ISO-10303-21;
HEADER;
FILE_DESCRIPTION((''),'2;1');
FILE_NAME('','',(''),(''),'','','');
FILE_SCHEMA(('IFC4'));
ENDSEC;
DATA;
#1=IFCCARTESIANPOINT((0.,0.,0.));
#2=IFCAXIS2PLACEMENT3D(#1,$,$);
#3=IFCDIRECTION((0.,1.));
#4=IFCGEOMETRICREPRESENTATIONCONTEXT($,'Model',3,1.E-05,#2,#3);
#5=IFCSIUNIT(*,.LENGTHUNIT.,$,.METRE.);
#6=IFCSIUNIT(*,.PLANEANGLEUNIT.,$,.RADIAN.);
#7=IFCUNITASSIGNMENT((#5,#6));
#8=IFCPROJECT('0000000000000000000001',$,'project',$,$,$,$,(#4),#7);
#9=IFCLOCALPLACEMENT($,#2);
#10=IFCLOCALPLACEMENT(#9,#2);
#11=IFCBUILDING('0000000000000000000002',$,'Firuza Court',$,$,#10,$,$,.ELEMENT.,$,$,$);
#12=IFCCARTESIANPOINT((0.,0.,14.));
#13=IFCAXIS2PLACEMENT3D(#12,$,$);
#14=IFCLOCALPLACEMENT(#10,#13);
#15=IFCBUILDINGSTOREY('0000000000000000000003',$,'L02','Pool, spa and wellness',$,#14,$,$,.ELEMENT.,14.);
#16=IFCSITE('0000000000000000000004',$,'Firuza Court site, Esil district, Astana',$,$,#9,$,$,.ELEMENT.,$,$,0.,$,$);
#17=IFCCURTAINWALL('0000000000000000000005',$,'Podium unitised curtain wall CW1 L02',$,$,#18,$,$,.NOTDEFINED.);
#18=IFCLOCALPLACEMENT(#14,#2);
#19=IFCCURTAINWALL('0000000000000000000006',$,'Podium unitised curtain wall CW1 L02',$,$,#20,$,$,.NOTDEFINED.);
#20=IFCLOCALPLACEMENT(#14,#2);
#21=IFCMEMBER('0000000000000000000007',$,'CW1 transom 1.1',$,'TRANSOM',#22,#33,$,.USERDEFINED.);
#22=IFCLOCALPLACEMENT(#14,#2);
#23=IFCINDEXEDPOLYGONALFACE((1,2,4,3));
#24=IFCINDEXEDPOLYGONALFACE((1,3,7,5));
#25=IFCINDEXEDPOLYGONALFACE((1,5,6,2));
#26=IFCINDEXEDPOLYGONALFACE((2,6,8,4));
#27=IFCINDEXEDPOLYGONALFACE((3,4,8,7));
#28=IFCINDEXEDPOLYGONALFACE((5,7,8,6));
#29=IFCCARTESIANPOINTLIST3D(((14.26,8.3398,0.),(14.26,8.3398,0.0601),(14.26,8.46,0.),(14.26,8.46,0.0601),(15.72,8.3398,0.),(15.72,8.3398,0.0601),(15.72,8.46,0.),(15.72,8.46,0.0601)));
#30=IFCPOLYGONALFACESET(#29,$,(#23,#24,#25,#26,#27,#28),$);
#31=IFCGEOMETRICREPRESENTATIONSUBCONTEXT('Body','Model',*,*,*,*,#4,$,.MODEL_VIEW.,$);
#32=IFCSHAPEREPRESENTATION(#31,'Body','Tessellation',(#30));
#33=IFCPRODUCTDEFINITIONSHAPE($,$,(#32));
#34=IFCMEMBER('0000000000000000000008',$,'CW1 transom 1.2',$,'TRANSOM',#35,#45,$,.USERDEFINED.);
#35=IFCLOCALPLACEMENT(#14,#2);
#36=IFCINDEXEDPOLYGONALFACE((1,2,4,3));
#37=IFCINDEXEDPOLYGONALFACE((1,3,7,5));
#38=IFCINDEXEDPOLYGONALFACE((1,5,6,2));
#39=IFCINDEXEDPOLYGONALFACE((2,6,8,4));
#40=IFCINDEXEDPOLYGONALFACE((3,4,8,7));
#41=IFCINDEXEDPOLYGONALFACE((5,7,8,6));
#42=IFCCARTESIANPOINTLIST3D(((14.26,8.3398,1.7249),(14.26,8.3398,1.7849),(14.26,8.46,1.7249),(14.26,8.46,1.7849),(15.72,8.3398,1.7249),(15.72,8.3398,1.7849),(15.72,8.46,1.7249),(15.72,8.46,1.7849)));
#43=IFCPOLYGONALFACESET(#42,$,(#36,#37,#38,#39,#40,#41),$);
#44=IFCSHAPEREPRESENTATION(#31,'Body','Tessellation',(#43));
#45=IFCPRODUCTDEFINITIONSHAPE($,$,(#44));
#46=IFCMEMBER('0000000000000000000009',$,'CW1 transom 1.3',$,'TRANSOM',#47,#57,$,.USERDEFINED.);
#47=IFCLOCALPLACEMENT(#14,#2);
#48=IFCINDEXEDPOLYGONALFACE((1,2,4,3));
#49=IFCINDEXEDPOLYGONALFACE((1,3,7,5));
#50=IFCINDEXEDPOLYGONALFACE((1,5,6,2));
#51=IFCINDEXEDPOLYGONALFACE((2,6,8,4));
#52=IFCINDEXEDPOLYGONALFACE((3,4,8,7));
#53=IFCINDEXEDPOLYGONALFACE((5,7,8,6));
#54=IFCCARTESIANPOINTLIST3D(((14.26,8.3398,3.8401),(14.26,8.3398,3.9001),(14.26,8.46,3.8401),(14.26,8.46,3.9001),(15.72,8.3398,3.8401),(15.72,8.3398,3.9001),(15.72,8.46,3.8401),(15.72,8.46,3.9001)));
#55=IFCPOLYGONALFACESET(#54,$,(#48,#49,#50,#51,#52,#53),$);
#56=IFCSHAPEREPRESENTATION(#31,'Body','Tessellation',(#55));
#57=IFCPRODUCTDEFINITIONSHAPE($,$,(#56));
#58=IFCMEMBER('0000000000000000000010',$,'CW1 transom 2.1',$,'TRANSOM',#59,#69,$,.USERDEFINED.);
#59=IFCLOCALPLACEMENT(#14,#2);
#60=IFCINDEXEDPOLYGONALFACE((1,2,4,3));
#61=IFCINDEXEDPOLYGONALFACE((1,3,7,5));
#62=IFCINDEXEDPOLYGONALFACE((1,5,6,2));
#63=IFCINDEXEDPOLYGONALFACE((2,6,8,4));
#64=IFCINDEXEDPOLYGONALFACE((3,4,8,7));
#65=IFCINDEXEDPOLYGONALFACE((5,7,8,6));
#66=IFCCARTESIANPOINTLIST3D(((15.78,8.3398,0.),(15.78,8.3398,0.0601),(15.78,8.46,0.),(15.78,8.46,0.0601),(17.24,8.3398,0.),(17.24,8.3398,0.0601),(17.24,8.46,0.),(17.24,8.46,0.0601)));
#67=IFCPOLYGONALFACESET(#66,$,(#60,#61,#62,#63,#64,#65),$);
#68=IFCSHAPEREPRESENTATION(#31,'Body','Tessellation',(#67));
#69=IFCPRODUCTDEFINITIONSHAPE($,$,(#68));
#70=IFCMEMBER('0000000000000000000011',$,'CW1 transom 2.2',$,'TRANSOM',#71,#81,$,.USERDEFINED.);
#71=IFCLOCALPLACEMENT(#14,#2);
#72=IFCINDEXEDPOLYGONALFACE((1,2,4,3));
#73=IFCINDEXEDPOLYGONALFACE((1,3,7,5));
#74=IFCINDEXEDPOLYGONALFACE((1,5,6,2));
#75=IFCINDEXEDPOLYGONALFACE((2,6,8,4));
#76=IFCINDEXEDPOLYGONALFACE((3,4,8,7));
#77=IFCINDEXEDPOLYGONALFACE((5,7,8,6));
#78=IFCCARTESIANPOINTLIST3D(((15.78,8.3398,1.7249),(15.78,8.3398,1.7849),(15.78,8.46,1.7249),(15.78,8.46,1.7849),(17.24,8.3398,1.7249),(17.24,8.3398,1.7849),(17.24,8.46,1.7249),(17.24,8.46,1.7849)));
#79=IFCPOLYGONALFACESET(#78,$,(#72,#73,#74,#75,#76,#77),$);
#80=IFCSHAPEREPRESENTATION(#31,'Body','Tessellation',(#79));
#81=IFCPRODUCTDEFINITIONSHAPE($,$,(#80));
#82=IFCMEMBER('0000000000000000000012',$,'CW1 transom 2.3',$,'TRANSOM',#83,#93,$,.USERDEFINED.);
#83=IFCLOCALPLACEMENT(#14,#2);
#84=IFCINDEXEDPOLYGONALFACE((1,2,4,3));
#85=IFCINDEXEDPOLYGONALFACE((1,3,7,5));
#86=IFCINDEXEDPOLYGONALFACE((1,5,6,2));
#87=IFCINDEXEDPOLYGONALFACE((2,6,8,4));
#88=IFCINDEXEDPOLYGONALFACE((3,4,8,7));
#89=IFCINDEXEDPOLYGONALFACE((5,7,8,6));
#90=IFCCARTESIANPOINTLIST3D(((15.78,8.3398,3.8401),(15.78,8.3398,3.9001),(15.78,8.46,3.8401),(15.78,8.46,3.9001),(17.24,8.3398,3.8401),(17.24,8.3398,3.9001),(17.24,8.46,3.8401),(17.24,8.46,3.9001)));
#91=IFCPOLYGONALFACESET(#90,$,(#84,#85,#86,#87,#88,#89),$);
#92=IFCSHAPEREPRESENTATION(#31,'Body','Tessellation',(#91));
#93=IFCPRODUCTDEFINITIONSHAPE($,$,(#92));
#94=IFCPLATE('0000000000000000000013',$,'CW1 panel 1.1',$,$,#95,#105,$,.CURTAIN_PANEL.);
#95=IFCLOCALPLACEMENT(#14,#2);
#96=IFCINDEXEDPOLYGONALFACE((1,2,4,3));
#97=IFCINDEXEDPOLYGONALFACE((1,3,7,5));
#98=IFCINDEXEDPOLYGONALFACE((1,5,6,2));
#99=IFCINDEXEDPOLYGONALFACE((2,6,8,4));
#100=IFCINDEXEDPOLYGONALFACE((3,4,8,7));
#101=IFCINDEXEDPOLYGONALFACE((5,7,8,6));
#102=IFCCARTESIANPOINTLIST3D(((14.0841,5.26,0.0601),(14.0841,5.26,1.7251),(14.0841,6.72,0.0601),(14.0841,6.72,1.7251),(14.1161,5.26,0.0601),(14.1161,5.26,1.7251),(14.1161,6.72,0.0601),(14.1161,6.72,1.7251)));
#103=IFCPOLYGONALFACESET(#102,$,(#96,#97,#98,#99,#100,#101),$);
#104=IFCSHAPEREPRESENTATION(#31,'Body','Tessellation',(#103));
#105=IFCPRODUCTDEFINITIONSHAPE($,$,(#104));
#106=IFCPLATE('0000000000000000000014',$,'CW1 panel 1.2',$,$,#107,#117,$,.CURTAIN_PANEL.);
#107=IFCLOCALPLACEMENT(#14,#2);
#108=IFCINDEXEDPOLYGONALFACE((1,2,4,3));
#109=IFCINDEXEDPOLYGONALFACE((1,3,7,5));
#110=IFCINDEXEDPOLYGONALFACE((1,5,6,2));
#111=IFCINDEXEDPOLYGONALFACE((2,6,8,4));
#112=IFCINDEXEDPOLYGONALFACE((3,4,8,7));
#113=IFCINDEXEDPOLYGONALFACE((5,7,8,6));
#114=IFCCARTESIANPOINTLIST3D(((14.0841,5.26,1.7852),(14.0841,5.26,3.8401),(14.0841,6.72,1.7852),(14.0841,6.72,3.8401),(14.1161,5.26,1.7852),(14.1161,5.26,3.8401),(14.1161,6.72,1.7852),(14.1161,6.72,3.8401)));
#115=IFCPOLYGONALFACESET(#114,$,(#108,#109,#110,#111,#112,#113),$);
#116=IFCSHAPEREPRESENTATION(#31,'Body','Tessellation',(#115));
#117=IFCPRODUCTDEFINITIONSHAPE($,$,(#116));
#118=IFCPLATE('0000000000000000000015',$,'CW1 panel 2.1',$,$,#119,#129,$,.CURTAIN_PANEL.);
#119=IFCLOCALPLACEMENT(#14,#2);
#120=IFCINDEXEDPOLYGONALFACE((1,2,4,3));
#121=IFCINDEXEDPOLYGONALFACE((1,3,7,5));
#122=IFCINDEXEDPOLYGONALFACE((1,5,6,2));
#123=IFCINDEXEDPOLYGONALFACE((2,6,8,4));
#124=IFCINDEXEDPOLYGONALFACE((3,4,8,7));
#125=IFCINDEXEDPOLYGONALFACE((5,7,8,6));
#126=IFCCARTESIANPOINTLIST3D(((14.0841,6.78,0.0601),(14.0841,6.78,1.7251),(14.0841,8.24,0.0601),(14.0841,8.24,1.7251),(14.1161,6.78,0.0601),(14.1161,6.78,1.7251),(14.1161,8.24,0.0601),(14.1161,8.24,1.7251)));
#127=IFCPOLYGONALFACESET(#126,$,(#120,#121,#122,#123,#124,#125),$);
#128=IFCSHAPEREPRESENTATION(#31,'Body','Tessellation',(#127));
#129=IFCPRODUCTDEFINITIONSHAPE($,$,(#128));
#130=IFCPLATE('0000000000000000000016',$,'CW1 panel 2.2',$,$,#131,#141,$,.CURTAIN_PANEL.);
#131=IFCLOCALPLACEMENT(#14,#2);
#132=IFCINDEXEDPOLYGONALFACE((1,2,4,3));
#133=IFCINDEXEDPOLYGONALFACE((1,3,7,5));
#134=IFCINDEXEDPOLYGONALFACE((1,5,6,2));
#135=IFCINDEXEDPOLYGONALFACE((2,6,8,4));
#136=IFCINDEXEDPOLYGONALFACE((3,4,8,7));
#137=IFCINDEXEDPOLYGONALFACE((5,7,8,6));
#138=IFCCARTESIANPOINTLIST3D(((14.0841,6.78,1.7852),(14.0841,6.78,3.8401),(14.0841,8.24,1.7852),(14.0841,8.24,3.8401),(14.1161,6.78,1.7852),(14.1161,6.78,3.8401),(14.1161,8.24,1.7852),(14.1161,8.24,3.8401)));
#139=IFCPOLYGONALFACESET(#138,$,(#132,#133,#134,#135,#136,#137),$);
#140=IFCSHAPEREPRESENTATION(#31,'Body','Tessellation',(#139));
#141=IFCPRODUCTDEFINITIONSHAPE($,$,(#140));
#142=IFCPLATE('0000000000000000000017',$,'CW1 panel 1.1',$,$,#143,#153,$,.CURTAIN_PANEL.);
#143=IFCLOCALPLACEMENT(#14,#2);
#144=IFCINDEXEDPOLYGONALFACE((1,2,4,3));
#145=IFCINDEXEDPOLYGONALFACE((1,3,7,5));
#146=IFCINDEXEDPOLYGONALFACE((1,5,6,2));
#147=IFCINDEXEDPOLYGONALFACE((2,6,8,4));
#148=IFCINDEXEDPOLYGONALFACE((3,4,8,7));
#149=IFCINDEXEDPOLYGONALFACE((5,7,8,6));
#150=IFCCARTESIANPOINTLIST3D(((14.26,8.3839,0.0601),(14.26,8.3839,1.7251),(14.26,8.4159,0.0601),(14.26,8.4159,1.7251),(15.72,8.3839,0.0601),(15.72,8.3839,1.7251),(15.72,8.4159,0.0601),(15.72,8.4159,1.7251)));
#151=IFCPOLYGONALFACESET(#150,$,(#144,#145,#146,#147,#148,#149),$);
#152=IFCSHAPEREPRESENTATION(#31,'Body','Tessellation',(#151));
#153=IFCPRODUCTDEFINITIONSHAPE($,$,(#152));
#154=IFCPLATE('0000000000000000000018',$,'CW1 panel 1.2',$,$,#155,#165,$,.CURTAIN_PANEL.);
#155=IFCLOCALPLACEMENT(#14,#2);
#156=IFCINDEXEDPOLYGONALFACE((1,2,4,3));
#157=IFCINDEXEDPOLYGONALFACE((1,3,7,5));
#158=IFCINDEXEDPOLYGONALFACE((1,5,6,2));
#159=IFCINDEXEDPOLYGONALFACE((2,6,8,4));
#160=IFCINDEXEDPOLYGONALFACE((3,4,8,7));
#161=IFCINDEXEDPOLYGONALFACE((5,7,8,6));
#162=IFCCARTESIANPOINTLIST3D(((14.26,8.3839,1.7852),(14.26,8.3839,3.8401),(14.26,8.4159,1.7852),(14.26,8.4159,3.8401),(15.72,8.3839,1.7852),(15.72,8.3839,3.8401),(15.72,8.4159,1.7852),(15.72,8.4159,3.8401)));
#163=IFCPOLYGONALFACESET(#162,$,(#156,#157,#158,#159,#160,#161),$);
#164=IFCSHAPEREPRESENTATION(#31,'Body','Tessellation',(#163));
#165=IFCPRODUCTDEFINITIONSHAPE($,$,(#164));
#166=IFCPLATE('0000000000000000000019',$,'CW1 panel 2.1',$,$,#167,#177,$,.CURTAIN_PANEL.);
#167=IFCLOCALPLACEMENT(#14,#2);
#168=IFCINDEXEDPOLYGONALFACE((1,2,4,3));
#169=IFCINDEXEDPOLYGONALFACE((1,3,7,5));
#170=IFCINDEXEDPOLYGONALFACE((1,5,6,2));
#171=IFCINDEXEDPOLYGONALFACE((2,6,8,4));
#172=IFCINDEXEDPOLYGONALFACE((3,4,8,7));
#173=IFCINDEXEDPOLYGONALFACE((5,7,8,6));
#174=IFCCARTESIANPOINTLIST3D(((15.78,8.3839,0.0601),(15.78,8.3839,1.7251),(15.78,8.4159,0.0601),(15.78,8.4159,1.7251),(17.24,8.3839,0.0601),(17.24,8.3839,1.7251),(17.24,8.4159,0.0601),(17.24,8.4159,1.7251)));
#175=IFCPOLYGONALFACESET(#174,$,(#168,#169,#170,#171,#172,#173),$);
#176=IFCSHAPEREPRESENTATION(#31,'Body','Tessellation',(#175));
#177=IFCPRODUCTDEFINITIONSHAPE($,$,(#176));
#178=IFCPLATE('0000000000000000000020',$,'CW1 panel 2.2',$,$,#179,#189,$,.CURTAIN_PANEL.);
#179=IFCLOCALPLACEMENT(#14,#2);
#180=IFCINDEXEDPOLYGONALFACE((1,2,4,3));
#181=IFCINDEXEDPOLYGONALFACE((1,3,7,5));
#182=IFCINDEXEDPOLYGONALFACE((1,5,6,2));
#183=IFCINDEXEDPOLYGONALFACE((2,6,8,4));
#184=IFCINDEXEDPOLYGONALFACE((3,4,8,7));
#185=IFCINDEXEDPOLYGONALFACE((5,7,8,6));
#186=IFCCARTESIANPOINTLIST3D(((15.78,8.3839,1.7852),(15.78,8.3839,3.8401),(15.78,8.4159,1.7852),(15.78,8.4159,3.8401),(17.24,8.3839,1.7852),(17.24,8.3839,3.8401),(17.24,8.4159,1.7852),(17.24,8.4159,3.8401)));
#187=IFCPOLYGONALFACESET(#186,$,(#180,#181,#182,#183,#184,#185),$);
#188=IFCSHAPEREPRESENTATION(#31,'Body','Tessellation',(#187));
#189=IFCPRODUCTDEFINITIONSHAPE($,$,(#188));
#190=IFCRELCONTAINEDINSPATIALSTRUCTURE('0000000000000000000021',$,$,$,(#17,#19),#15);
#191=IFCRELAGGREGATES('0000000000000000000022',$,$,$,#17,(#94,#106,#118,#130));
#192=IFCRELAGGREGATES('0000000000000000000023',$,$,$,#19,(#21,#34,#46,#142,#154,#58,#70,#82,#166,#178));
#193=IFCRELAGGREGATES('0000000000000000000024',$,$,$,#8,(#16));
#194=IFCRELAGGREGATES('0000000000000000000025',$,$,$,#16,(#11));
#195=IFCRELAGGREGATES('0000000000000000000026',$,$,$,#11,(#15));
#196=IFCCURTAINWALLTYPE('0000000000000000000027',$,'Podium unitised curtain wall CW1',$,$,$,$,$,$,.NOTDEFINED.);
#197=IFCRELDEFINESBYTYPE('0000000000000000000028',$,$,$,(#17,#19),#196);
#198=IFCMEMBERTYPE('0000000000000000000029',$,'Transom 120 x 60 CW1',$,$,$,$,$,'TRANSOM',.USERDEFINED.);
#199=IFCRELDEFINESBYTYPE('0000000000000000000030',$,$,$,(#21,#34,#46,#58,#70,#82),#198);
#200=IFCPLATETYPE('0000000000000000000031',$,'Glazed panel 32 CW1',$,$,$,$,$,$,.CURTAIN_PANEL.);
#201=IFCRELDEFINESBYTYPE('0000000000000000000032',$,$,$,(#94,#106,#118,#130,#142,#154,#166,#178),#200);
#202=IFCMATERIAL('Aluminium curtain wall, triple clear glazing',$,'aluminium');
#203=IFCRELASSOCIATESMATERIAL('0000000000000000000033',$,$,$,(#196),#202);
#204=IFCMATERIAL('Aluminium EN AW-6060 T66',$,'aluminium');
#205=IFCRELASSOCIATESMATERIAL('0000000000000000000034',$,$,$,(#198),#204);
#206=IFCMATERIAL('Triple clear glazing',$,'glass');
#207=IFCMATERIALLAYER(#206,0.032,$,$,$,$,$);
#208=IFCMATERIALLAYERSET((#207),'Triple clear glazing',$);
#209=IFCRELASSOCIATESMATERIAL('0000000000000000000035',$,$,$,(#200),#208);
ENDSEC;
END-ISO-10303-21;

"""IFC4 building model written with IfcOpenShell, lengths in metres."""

from ifc_helpers import new_model, si_unit, direction, frame, origin, origin_2d, place, context, subcontext, project, spatial, rectangle, extrude, material, layer, layer_set, material_profile, profile_set, type_object, element, aggregate, save


model = new_model("IFC4")

# Units and contexts
model_context = context("Model", 3, precision=1e-05, world=origin(), true_north=direction((0.0, 1.0)))
body_context = subcontext(model_context, "Body", "Model", "MODEL_VIEW")
ifc_project = project(units=[si_unit("LENGTHUNIT", "METRE"), si_unit("PLANEANGLEUNIT", "RADIAN")], contexts=[model_context])

# Site, building, storey
site_placement = place(None, origin())
site = spatial("IfcSite", under=ifc_project, at=site_placement, Name="Firuza Court site, Esil district, Astana", CompositionType="ELEMENT", RefElevation=0.0)
building_placement = place(site_placement, origin())
building = spatial("IfcBuilding", under=site, at=building_placement, Name="Firuza Court", CompositionType="ELEMENT")
storey_placement = place(building_placement, frame((0.0, 0.0, 14.0)))
storey = spatial("IfcBuildingStorey", under=building, at=storey_placement, Name="L02", Description="Pool, spa and wellness", CompositionType="ELEMENT", Elevation=14.0)

# Curtain walls
ifc_material_1 = material(Name="Aluminium curtain wall, triple clear glazing", Category="aluminium")
curtain_wall_type = type_object("IfcCurtainWallType", Name="Podium unitised curtain wall CW1", PredefinedType="NOTDEFINED", material=ifc_material_1)
curtain_wall_1_placement = place(storey_placement, origin())
curtain_wall_1 = element("IfcCurtainWall", 1, at=curtain_wall_1_placement, inside=storey, type_object=curtain_wall_type, Name="Podium unitised curtain wall CW1 L02", PredefinedType="NOTDEFINED")
curtain_wall_2_placement = place(storey_placement, origin())
curtain_wall_2 = element("IfcCurtainWall", 2, at=curtain_wall_2_placement, inside=storey, type_object=curtain_wall_type, Name="Podium unitised curtain wall CW1 L02", PredefinedType="NOTDEFINED")

# Members
ifc_material_2 = material(Name="Aluminium EN AW-6060 T66", Category="aluminium")
ifc_material_profile_1 = material_profile(ifc_material_2, rectangle(XDim=0.1201, YDim=0.0601, at=origin_2d()), Name="Transom 120 x 60 CW1")
ifc_profile_set_1 = profile_set([ifc_material_profile_1], Name="Aluminium EN AW-6060 T66")
member_type_1 = type_object("IfcMemberType", Name="Transom 120 x 60 CW1", ElementType="TRANSOM", PredefinedType="USERDEFINED", material=ifc_profile_set_1)
member_1_placement = place(storey_placement, frame((14.26, 8.3999, 0.03), z_axis=(1.0, 0.0, 0.0), x_axis=(0.0, 1.0, 0.0)))
member_1 = element("IfcMember", 3, at=member_1_placement, type_object=member_type_1, Name="CW1 transom 1.1", ObjectType="TRANSOM", PredefinedType="USERDEFINED", context=body_context, shape_type="SweptSolid", body=[
    extrude(rectangle(XDim=0.1201, YDim=0.0601, at=origin_2d()), origin(), (0.0, 0.0, 1.0), 1.46),
])
member_2_placement = place(storey_placement, frame((14.26, 8.3999, 1.7549), z_axis=(1.0, 0.0, 0.0), x_axis=(0.0, 1.0, 0.0)))
member_2 = element("IfcMember", 4, at=member_2_placement, type_object=member_type_1, Name="CW1 transom 1.2", ObjectType="TRANSOM", PredefinedType="USERDEFINED", context=body_context, shape_type="SweptSolid", body=[
    extrude(rectangle(XDim=0.1201, YDim=0.0601, at=origin_2d()), origin(), (0.0, 0.0, 1.0), 1.46),
])
member_3_placement = place(storey_placement, frame((14.26, 8.3999, 3.8701), z_axis=(1.0, 0.0, 0.0), x_axis=(0.0, 1.0, 0.0)))
member_3 = element("IfcMember", 5, at=member_3_placement, type_object=member_type_1, Name="CW1 transom 1.3", ObjectType="TRANSOM", PredefinedType="USERDEFINED", context=body_context, shape_type="SweptSolid", body=[
    extrude(rectangle(XDim=0.1201, YDim=0.0601, at=origin_2d()), origin(), (0.0, 0.0, 1.0), 1.46),
])
member_4_placement = place(storey_placement, frame((15.78, 8.3999, 0.03), z_axis=(1.0, 0.0, 0.0), x_axis=(0.0, 1.0, 0.0)))
member_4 = element("IfcMember", 6, at=member_4_placement, type_object=member_type_1, Name="CW1 transom 2.1", ObjectType="TRANSOM", PredefinedType="USERDEFINED", context=body_context, shape_type="SweptSolid", body=[
    extrude(rectangle(XDim=0.1201, YDim=0.0601, at=origin_2d()), origin(), (0.0, 0.0, 1.0), 1.46),
])
member_5_placement = place(storey_placement, frame((15.78, 8.3999, 1.7549), z_axis=(1.0, 0.0, 0.0), x_axis=(0.0, 1.0, 0.0)))
member_5 = element("IfcMember", 7, at=member_5_placement, type_object=member_type_1, Name="CW1 transom 2.2", ObjectType="TRANSOM", PredefinedType="USERDEFINED", context=body_context, shape_type="SweptSolid", body=[
    extrude(rectangle(XDim=0.1201, YDim=0.0601, at=origin_2d()), origin(), (0.0, 0.0, 1.0), 1.46),
])
member_6_placement = place(storey_placement, frame((15.78, 8.3999, 3.8701), z_axis=(1.0, 0.0, 0.0), x_axis=(0.0, 1.0, 0.0)))
member_6 = element("IfcMember", 8, at=member_6_placement, type_object=member_type_1, Name="CW1 transom 2.3", ObjectType="TRANSOM", PredefinedType="USERDEFINED", context=body_context, shape_type="SweptSolid", body=[
    extrude(rectangle(XDim=0.1201, YDim=0.0601, at=origin_2d()), origin(), (0.0, 0.0, 1.0), 1.46),
])

# Plates
ifc_material_3 = material(Name="Triple clear glazing", Category="glass")
ifc_layer = layer(ifc_material_3, 0.032)
ifc_layer_set = layer_set([ifc_layer], Name="Triple clear glazing")
plate_type = type_object("IfcPlateType", Name="Glazed panel 32 CW1", PredefinedType="CURTAIN_PANEL", material=ifc_layer_set)
plate_1_placement = place(storey_placement, frame((14.1001, 5.99, 0.0601), z_axis=(0.0, 0.0, 1.0), x_axis=(0.0, 1.0, 0.0)))
plate_1 = element("IfcPlate", 9, at=plate_1_placement, type_object=plate_type, Name="CW1 panel 1.1", PredefinedType="CURTAIN_PANEL", context=body_context, shape_type="SweptSolid", body=[
    extrude(rectangle(XDim=1.46, YDim=0.032, at=origin_2d()), origin(), (0.0, 0.0, 1.0), 1.665),
])
plate_2_placement = place(storey_placement, frame((14.1001, 5.99, 1.7852), z_axis=(0.0, 0.0, 1.0), x_axis=(0.0, 1.0, 0.0)))
plate_2 = element("IfcPlate", 10, at=plate_2_placement, type_object=plate_type, Name="CW1 panel 1.2", PredefinedType="CURTAIN_PANEL", context=body_context, shape_type="SweptSolid", body=[
    extrude(rectangle(XDim=1.46, YDim=0.032, at=origin_2d()), origin(), (0.0, 0.0, 1.0), 2.0549),
])
plate_3_placement = place(storey_placement, frame((14.1001, 7.51, 0.0601), z_axis=(0.0, 0.0, 1.0), x_axis=(0.0, 1.0, 0.0)))
plate_3 = element("IfcPlate", 11, at=plate_3_placement, type_object=plate_type, Name="CW1 panel 2.1", PredefinedType="CURTAIN_PANEL", context=body_context, shape_type="SweptSolid", body=[
    extrude(rectangle(XDim=1.46, YDim=0.032, at=origin_2d()), origin(), (0.0, 0.0, 1.0), 1.665),
])
plate_4_placement = place(storey_placement, frame((14.1001, 7.51, 1.7852), z_axis=(0.0, 0.0, 1.0), x_axis=(0.0, 1.0, 0.0)))
plate_4 = element("IfcPlate", 12, at=plate_4_placement, type_object=plate_type, Name="CW1 panel 2.2", PredefinedType="CURTAIN_PANEL", context=body_context, shape_type="SweptSolid", body=[
    extrude(rectangle(XDim=1.46, YDim=0.032, at=origin_2d()), origin(), (0.0, 0.0, 1.0), 2.0549),
])
aggregate(curtain_wall_1, [plate_1, plate_2, plate_3, plate_4])
plate_5_placement = place(storey_placement, frame((14.99, 8.3999, 0.0601), z_axis=(0.0, 0.0, 1.0), x_axis=(1.0, 0.0, 0.0)))
plate_5 = element("IfcPlate", 13, at=plate_5_placement, type_object=plate_type, Name="CW1 panel 1.1", PredefinedType="CURTAIN_PANEL", context=body_context, shape_type="SweptSolid", body=[
    extrude(rectangle(XDim=1.46, YDim=0.032, at=origin_2d()), origin(), (0.0, 0.0, 1.0), 1.665),
])
plate_6_placement = place(storey_placement, frame((14.99, 8.3999, 1.7852), z_axis=(0.0, 0.0, 1.0), x_axis=(1.0, 0.0, 0.0)))
plate_6 = element("IfcPlate", 14, at=plate_6_placement, type_object=plate_type, Name="CW1 panel 1.2", PredefinedType="CURTAIN_PANEL", context=body_context, shape_type="SweptSolid", body=[
    extrude(rectangle(XDim=1.46, YDim=0.032, at=origin_2d()), origin(), (0.0, 0.0, 1.0), 2.0549),
])
plate_7_placement = place(storey_placement, frame((16.51, 8.3999, 0.0601), z_axis=(0.0, 0.0, 1.0), x_axis=(1.0, 0.0, 0.0)))
plate_7 = element("IfcPlate", 15, at=plate_7_placement, type_object=plate_type, Name="CW1 panel 2.1", PredefinedType="CURTAIN_PANEL", context=body_context, shape_type="SweptSolid", body=[
    extrude(rectangle(XDim=1.46, YDim=0.032, at=origin_2d()), origin(), (0.0, 0.0, 1.0), 1.665),
])
plate_8_placement = place(storey_placement, frame((16.51, 8.3999, 1.7852), z_axis=(0.0, 0.0, 1.0), x_axis=(1.0, 0.0, 0.0)))
plate_8 = element("IfcPlate", 16, at=plate_8_placement, type_object=plate_type, Name="CW1 panel 2.2", PredefinedType="CURTAIN_PANEL", context=body_context, shape_type="SweptSolid", body=[
    extrude(rectangle(XDim=1.46, YDim=0.032, at=origin_2d()), origin(), (0.0, 0.0, 1.0), 2.0549),
])
aggregate(curtain_wall_2, [member_1, member_2, member_3, plate_5, plate_6, member_4, member_5, member_6, plate_7, plate_8])

save(model, "model.ifc")
